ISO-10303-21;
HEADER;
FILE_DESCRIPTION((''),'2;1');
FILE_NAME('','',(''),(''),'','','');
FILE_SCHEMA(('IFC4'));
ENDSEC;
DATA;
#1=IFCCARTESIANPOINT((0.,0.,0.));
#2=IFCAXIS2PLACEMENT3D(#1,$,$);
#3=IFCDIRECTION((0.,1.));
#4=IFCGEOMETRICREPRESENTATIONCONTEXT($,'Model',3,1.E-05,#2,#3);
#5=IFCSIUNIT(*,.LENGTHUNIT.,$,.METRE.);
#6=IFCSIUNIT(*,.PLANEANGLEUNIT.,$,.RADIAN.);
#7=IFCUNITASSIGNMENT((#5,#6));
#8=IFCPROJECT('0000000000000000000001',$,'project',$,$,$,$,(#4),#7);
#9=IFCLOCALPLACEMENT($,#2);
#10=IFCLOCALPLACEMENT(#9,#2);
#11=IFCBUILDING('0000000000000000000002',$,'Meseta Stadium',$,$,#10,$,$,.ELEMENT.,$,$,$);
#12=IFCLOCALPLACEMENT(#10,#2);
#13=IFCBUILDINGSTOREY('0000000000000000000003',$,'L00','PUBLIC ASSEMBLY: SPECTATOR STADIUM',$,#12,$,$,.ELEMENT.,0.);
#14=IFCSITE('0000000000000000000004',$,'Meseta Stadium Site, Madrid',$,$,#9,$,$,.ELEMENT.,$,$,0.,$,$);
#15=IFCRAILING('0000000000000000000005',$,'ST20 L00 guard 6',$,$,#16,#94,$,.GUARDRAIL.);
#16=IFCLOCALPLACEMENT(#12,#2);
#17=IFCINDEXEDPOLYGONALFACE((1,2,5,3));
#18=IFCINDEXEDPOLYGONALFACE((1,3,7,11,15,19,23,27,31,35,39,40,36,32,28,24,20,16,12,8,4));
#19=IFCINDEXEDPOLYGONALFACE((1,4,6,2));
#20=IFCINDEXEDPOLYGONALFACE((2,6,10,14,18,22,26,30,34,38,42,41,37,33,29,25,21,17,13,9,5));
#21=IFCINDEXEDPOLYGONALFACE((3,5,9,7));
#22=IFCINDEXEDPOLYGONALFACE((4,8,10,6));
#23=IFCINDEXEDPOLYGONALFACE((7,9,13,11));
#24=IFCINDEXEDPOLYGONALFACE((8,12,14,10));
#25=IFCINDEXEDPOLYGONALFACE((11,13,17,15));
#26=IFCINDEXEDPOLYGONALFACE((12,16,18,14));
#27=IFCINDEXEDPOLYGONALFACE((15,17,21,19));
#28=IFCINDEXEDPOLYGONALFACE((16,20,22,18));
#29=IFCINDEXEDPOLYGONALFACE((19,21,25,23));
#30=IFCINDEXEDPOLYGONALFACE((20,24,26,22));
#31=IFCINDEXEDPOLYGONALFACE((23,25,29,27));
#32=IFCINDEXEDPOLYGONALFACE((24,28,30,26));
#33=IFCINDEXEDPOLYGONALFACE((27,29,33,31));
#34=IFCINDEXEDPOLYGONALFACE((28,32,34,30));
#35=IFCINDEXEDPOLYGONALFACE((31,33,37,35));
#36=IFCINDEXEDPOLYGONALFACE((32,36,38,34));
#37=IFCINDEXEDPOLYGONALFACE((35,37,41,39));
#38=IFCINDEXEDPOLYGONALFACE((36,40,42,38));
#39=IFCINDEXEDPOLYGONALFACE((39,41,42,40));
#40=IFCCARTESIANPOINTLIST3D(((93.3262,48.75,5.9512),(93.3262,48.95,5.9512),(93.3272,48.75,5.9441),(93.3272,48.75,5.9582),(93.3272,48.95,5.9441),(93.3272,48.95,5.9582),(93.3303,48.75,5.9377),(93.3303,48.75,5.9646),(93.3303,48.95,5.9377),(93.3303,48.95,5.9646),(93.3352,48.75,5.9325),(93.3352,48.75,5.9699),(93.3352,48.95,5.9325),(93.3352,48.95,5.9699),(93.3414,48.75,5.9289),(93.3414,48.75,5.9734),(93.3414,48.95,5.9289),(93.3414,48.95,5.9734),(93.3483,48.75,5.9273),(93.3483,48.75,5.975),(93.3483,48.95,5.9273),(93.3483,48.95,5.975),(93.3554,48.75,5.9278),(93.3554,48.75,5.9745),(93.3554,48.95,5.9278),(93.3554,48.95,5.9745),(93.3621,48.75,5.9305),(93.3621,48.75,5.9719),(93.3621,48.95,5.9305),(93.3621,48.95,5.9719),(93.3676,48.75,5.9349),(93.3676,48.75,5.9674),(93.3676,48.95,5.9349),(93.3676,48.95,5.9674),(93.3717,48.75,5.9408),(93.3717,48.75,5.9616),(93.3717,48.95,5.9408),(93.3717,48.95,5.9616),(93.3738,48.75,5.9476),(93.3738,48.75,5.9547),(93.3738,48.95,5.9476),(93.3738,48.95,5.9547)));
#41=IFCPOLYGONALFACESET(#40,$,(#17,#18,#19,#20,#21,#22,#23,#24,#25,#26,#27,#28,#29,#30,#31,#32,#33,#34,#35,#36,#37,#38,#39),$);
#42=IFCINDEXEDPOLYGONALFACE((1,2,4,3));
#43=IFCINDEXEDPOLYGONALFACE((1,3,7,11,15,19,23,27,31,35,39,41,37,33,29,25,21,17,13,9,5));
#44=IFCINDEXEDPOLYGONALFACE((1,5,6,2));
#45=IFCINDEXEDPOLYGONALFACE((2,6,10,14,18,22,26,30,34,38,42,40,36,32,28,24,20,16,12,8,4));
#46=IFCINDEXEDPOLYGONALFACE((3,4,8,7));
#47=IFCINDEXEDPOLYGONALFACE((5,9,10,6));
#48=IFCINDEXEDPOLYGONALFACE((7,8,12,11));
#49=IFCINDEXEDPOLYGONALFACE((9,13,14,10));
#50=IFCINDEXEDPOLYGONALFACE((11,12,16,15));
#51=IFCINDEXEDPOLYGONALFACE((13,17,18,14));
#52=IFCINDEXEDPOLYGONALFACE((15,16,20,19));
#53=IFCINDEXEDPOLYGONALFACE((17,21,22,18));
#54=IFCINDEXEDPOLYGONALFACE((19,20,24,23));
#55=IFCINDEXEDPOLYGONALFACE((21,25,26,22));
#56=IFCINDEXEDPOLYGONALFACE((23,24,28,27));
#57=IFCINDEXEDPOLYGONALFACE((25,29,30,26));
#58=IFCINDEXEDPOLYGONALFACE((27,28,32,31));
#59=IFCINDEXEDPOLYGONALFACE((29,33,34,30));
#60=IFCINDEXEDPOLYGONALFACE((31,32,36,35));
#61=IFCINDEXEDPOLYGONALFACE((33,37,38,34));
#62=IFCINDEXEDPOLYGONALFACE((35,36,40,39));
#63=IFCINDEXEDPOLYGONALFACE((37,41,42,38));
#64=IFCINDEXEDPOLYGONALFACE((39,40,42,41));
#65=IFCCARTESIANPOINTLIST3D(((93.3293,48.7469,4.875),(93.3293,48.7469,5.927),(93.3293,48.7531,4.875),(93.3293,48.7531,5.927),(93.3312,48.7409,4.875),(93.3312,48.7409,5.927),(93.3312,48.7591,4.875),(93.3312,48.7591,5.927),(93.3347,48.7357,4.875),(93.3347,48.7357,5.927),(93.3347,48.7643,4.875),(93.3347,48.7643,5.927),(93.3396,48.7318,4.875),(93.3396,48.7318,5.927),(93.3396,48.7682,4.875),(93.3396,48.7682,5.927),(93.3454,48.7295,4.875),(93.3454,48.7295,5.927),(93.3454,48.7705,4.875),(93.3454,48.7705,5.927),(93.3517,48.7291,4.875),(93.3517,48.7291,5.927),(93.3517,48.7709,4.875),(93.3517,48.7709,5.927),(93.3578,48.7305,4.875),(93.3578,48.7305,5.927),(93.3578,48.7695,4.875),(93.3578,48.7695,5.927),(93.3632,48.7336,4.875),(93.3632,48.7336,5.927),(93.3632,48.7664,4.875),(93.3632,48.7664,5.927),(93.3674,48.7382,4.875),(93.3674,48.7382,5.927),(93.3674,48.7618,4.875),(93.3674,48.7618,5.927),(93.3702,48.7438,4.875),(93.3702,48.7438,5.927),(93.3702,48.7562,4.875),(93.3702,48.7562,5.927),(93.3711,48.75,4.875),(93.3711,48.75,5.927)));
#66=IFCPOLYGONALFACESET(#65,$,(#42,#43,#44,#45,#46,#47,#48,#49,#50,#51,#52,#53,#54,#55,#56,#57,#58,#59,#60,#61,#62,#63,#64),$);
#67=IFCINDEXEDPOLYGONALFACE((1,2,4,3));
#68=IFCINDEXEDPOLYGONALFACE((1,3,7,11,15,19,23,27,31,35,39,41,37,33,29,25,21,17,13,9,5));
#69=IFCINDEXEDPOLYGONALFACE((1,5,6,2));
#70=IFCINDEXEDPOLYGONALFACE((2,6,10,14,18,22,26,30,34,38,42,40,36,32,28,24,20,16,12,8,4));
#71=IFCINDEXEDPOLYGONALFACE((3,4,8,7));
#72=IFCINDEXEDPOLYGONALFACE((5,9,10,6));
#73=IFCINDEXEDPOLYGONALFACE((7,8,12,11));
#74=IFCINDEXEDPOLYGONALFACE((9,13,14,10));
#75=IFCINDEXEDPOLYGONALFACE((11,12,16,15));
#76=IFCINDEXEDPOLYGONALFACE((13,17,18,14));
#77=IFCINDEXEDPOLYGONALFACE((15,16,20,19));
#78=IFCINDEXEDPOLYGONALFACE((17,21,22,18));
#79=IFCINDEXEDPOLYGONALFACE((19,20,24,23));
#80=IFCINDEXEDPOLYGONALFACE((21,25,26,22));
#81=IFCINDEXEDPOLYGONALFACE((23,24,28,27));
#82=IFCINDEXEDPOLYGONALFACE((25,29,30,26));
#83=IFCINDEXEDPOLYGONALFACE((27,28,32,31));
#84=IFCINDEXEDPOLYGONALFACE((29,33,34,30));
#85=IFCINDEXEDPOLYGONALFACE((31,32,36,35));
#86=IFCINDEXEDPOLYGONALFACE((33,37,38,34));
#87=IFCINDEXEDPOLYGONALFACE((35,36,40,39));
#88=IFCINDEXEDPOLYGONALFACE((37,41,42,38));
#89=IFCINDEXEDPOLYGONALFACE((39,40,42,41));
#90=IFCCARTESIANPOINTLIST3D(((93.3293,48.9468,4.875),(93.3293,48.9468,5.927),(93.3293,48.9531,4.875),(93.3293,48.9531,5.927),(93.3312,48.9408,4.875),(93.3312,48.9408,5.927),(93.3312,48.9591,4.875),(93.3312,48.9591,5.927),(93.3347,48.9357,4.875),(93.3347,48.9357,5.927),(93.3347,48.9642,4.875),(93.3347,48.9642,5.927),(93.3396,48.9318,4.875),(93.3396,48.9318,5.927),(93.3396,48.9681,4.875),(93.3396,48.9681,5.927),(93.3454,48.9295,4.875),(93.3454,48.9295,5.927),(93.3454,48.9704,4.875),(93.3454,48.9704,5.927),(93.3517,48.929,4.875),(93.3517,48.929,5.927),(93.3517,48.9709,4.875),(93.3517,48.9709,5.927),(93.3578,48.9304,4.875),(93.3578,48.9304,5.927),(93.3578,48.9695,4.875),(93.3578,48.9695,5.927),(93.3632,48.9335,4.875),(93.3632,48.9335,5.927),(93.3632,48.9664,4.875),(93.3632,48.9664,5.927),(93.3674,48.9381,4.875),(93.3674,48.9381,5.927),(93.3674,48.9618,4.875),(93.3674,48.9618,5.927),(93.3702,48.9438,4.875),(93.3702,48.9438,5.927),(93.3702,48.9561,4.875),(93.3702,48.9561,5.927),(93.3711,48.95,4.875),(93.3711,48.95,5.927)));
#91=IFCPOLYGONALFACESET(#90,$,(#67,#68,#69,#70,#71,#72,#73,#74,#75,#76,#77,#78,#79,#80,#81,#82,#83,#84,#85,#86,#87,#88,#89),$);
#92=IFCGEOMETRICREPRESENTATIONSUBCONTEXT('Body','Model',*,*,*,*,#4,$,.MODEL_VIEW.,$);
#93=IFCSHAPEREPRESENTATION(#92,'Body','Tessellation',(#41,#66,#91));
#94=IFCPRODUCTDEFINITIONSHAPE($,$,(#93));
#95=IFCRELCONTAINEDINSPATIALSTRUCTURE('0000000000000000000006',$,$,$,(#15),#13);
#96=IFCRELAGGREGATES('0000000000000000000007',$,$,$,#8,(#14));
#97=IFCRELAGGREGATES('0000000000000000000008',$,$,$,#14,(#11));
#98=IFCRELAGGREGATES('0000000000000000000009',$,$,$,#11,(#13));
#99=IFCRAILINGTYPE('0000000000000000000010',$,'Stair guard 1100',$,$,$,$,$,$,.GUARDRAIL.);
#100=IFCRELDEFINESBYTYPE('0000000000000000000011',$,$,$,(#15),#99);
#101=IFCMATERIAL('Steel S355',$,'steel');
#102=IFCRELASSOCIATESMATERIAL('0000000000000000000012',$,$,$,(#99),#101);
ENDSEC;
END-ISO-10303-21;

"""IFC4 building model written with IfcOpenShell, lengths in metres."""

from ifc_helpers import new_model, si_unit, direction, frame, origin, origin_2d, place, context, subcontext, project, spatial, circle, extrude, material, type_object, element, save


model = new_model("IFC4")

# Units and contexts
model_context = context("Model", 3, precision=1e-05, world=origin(), true_north=direction((0.0, 1.0)))
body_context = subcontext(model_context, "Body", "Model", "MODEL_VIEW")
ifc_project = project(units=[si_unit("LENGTHUNIT", "METRE"), si_unit("PLANEANGLEUNIT", "RADIAN")], contexts=[model_context])

# Site, building, storey
site_placement = place(None, origin())
site = spatial("IfcSite", under=ifc_project, at=site_placement, Name="Meseta Stadium Site, Madrid", CompositionType="ELEMENT", RefElevation=0.0)
building_placement = place(site_placement, origin())
building = spatial("IfcBuilding", under=site, at=building_placement, Name="Meseta Stadium", CompositionType="ELEMENT")
storey_placement = place(building_placement, origin())
storey = spatial("IfcBuildingStorey", under=building, at=storey_placement, Name="L00", Description="PUBLIC ASSEMBLY: SPECTATOR STADIUM", CompositionType="ELEMENT", Elevation=0.0)

# Railing
ifc_material_1 = material(Name="Steel S355", Category="steel")
railing_type_1 = type_object("IfcRailingType", Name="Stair guard 1100", PredefinedType="GUARDRAIL", material=ifc_material_1)
railing_1_placement = place(storey_placement, frame((93.3501, 48.75, 4.875)))
element("IfcRailing", 1, at=railing_1_placement, inside=storey, type_object=railing_type_1, Name="ST20 L00 guard 6", PredefinedType="GUARDRAIL", context=body_context, shape_type="SweptSolid", body=[
    extrude(circle(Radius=0.0239, at=origin_2d()), frame((0.0, 0.0, 1.0762), z_axis=(0.0, 1.0, 0.0), x_axis=(-1.0, 0.0, 0.0)), (0.0, 0.0, 1.0), 0.2),
    extrude(circle(Radius=0.021, at=origin_2d()), origin(), (0.0, 0.0, 1.0), 1.052),
    extrude(circle(Radius=0.021, at=origin_2d()), frame((0.0, 0.2, 0.0)), (0.0, 0.0, 1.0), 1.052),
])

save(model, "model.ifc")
